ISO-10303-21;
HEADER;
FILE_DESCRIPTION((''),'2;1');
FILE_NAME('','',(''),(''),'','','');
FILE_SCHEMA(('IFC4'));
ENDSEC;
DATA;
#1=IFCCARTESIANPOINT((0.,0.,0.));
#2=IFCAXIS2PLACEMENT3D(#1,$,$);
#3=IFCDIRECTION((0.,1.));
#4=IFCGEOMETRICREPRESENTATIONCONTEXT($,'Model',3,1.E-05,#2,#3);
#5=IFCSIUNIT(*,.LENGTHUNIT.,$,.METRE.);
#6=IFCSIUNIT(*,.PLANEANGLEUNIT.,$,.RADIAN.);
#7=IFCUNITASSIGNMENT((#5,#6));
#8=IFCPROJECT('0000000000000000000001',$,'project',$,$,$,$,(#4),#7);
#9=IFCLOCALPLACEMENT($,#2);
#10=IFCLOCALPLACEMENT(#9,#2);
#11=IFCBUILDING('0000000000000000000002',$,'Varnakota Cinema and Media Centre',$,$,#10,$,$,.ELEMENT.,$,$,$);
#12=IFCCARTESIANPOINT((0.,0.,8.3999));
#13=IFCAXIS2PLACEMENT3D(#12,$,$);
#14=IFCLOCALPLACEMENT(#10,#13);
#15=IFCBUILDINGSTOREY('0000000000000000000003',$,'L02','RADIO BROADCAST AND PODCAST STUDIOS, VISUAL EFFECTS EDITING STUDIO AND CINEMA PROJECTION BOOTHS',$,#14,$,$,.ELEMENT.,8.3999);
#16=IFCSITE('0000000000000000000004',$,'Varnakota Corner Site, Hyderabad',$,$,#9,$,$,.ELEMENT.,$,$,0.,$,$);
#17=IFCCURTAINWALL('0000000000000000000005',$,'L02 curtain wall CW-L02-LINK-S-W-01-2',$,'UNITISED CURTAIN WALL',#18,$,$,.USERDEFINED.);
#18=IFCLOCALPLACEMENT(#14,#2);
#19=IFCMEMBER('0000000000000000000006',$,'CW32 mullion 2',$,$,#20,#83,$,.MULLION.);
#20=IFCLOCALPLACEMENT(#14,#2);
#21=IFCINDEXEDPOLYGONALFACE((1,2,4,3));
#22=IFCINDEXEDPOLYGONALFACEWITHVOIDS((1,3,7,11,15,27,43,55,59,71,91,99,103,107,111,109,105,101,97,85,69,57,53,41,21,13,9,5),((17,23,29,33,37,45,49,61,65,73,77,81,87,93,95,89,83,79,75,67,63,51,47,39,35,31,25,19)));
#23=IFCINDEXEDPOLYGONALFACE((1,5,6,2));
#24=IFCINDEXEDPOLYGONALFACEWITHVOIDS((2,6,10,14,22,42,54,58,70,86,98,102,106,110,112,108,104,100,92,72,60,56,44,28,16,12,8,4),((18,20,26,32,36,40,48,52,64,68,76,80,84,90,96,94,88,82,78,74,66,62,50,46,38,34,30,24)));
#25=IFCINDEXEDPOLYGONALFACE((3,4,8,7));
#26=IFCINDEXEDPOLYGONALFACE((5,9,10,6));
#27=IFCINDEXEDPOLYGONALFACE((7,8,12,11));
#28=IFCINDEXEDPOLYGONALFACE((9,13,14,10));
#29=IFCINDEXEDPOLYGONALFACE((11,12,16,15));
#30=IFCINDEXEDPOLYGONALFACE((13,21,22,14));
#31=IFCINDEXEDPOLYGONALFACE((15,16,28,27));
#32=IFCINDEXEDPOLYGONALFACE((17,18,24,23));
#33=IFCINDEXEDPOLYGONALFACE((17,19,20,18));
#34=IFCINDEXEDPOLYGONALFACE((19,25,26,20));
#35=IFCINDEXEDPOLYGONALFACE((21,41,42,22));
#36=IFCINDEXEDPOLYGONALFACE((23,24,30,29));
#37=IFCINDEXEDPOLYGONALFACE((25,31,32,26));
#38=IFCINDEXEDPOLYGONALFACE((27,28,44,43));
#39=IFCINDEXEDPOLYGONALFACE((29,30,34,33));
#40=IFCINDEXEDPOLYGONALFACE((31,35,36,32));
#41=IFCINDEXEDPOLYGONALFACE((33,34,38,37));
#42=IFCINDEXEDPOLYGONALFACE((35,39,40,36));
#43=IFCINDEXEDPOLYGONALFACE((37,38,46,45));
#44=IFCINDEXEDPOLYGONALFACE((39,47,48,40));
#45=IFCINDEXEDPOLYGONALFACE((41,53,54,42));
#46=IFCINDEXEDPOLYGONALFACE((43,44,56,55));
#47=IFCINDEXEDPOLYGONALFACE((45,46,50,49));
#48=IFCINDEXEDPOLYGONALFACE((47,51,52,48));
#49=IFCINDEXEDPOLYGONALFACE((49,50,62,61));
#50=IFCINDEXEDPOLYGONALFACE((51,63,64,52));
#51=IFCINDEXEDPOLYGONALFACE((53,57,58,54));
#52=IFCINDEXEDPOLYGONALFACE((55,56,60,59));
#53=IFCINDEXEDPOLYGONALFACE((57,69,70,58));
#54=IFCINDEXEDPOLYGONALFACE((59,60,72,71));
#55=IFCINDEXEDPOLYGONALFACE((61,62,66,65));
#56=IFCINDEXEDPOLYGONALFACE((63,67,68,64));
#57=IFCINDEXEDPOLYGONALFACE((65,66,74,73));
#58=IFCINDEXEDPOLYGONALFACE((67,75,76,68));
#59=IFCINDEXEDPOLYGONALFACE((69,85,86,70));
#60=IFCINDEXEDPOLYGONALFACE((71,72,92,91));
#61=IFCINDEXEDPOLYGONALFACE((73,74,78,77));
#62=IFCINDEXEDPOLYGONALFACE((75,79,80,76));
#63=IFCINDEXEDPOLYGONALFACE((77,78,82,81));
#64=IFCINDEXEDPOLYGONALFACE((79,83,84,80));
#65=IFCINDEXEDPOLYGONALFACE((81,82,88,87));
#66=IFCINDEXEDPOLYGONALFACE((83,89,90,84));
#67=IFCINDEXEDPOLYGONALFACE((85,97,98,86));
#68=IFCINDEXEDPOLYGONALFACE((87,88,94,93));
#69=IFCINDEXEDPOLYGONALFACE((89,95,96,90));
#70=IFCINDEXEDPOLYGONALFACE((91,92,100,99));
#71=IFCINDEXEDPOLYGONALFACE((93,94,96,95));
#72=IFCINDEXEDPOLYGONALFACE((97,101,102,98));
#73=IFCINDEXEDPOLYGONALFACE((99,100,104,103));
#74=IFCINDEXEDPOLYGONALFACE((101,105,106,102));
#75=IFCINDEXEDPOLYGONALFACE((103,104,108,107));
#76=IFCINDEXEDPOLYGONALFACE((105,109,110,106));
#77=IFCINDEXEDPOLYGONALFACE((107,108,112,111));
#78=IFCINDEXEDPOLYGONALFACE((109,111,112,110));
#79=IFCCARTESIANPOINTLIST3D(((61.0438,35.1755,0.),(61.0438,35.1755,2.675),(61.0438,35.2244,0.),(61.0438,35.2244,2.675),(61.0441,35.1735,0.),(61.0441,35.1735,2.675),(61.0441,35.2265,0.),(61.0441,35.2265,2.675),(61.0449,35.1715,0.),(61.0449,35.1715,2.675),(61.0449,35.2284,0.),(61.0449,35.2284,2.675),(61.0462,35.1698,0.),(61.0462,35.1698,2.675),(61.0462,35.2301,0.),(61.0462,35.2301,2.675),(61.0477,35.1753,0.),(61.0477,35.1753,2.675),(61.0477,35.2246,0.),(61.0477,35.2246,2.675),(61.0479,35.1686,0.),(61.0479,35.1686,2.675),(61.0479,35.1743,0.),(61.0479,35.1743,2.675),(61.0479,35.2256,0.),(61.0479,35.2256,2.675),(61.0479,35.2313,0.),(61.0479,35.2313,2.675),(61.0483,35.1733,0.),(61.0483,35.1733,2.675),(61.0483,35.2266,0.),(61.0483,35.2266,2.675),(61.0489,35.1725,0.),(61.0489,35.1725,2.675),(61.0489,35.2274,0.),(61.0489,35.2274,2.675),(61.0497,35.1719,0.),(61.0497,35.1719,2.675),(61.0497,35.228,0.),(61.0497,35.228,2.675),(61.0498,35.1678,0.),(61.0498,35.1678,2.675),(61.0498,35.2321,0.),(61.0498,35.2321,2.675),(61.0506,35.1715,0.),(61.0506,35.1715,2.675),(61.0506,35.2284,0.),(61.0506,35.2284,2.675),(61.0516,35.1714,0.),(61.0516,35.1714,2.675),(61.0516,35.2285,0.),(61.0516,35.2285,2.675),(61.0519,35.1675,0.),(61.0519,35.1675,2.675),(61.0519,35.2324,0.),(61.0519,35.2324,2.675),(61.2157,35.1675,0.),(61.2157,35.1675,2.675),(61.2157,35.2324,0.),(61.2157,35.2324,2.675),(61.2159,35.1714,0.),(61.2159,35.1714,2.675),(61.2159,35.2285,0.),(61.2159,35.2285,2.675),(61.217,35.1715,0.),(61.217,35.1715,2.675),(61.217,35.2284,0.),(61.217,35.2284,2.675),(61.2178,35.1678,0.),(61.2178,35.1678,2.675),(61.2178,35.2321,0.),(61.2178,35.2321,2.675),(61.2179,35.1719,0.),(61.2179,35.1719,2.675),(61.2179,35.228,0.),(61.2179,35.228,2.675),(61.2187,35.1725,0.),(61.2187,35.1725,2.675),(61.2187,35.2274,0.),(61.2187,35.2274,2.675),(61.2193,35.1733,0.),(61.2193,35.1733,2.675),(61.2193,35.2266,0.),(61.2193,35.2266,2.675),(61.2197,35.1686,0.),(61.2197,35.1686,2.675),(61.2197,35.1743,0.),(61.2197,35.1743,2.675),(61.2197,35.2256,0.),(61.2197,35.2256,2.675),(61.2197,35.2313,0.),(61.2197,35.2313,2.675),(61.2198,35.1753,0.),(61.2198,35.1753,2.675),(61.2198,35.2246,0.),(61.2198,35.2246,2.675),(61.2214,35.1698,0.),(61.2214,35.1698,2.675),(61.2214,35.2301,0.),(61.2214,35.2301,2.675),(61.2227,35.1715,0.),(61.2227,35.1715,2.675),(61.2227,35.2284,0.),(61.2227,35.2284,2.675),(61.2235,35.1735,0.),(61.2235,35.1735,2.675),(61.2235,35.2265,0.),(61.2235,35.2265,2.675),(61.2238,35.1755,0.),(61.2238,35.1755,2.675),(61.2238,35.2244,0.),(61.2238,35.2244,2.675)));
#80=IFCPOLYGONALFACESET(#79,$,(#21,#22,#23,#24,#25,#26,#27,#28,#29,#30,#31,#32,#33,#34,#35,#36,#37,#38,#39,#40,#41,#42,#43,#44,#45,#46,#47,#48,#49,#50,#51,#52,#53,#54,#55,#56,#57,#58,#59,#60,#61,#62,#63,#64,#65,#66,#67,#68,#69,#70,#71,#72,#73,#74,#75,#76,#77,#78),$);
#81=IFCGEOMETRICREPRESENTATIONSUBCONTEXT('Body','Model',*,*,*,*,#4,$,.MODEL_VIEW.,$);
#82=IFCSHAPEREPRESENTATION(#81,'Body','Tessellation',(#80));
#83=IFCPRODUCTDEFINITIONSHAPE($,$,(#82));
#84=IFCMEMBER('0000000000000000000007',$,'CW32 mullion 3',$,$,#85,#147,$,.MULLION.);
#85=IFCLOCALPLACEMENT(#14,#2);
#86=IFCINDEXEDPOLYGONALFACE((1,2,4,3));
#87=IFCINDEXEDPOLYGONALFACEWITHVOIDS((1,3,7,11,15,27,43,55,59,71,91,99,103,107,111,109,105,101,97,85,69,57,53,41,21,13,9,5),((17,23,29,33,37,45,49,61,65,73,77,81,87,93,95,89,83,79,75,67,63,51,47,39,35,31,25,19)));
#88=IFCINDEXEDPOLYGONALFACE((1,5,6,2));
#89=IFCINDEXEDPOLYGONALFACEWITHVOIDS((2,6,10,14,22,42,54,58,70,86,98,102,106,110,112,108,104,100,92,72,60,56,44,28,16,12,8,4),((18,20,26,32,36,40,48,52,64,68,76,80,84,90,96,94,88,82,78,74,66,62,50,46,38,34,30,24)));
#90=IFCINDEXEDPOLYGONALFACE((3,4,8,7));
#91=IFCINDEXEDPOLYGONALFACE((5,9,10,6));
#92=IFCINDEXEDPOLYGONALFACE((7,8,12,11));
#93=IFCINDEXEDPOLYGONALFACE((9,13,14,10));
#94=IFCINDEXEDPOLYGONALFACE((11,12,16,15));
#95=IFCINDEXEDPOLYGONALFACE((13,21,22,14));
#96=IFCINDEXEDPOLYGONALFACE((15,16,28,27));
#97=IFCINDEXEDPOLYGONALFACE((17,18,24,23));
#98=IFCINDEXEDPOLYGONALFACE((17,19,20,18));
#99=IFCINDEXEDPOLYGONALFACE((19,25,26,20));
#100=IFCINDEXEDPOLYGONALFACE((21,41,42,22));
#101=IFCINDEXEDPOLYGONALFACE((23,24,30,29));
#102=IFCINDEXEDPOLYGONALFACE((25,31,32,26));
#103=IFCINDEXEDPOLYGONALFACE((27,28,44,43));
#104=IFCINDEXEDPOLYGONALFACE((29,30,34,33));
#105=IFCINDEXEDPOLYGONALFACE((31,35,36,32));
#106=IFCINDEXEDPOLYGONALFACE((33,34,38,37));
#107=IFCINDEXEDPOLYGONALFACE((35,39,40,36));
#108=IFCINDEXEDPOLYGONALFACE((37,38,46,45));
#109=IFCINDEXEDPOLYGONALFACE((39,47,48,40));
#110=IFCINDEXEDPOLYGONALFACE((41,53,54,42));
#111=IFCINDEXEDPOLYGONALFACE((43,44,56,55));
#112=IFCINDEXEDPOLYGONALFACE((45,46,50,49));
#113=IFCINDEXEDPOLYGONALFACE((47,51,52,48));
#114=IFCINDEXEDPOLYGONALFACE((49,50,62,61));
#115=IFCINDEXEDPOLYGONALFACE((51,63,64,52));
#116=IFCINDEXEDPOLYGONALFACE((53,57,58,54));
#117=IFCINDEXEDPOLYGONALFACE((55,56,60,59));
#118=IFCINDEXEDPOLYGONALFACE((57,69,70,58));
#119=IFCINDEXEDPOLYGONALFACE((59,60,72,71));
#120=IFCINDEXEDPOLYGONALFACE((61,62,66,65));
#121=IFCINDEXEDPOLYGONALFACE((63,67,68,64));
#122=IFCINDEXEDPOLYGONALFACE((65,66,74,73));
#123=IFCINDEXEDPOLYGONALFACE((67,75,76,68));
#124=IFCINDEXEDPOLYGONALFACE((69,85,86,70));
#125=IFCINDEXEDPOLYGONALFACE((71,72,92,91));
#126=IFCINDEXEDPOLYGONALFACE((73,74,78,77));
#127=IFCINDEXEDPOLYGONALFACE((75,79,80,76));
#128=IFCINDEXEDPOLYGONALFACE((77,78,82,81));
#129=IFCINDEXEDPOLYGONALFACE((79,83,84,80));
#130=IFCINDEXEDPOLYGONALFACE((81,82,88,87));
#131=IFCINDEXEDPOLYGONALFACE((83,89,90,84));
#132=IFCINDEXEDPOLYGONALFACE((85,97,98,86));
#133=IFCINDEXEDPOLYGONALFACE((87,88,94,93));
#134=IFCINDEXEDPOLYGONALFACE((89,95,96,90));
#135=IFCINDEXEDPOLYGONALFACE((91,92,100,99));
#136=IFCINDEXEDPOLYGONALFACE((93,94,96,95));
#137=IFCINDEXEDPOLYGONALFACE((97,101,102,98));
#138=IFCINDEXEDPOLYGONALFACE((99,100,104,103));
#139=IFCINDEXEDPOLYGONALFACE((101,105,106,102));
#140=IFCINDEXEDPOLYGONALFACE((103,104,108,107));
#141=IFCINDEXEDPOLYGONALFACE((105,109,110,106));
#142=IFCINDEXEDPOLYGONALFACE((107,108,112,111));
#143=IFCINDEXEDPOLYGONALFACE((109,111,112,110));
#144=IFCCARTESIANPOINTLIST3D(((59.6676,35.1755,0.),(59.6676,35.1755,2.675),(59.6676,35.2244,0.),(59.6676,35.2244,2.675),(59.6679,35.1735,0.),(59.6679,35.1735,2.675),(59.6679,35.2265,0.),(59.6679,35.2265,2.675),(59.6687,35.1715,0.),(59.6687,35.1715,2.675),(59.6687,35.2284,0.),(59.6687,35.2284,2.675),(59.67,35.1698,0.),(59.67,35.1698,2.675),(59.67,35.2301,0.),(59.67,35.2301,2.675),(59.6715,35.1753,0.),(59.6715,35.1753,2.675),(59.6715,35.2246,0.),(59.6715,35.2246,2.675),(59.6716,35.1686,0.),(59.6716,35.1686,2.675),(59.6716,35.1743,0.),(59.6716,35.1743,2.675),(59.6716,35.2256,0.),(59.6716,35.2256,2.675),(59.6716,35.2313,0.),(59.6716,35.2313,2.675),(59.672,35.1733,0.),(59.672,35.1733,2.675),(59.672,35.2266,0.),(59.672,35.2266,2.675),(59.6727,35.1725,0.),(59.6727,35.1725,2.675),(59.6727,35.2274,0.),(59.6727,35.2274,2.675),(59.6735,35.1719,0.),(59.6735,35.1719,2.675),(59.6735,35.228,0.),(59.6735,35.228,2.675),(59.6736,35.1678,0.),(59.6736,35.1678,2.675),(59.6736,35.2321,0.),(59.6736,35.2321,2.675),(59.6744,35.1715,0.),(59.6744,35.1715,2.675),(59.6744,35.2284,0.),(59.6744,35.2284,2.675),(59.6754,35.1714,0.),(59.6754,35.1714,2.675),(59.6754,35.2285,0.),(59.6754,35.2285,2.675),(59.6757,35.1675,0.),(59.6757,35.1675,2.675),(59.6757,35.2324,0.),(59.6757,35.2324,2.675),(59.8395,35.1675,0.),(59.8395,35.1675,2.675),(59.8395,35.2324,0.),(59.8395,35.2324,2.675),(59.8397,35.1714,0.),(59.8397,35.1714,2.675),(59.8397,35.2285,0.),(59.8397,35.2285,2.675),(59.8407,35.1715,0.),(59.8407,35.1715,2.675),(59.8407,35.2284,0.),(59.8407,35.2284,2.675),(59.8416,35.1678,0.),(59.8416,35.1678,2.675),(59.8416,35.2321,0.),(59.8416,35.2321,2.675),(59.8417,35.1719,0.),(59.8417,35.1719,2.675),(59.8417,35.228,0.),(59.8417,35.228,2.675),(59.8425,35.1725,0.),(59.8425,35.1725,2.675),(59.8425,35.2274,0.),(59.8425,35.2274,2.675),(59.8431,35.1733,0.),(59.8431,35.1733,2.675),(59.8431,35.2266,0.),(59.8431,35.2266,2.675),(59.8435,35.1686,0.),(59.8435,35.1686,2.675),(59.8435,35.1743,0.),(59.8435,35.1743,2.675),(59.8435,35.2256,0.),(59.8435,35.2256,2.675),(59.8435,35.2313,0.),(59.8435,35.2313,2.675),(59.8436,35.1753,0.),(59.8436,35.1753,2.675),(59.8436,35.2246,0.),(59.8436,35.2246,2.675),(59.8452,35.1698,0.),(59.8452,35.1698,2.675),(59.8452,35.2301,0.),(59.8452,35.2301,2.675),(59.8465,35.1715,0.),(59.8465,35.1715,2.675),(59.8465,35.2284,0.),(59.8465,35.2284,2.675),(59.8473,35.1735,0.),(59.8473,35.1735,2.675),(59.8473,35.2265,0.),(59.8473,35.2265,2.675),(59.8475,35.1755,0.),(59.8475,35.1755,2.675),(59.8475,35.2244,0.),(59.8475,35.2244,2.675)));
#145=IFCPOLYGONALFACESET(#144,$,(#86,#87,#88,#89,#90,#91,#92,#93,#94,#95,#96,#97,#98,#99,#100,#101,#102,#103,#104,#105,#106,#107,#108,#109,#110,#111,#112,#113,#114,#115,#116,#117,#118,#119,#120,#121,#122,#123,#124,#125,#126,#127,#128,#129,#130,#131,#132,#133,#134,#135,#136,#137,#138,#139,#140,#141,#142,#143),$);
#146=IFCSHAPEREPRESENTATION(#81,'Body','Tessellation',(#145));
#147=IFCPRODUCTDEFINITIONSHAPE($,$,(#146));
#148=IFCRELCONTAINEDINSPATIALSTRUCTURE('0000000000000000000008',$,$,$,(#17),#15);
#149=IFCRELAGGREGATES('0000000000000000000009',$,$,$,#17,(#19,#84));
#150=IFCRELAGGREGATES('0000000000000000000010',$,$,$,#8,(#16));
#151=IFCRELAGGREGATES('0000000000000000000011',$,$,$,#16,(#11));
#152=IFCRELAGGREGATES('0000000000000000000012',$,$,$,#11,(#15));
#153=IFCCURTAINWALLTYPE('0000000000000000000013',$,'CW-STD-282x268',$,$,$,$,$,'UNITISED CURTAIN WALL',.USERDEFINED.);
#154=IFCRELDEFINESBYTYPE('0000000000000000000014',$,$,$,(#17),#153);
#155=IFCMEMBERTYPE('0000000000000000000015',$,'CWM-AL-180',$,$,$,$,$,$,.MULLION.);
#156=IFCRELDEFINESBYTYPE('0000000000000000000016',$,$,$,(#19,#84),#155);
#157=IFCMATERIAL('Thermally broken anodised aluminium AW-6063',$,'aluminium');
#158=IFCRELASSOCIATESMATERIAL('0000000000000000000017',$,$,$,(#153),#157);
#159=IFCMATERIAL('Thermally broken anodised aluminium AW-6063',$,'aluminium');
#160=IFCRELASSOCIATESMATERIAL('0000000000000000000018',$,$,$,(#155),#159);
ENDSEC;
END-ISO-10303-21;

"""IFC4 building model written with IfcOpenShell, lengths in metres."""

from ifc_helpers import new_model, si_unit, direction, frame, origin, origin_2d, place, context, subcontext, project, spatial, hollow_rectangle, extrude, material, material_profile, profile_set, type_object, element, aggregate, save


model = new_model("IFC4")

# Units and contexts
model_context = context("Model", 3, precision=1e-05, world=origin(), true_north=direction((0.0, 1.0)))
body_context = subcontext(model_context, "Body", "Model", "MODEL_VIEW")
ifc_project = project(units=[si_unit("LENGTHUNIT", "METRE"), si_unit("PLANEANGLEUNIT", "RADIAN")], contexts=[model_context])

# Site, building, storey
site_placement = place(None, origin())
site = spatial("IfcSite", under=ifc_project, at=site_placement, Name="Varnakota Corner Site, Hyderabad", CompositionType="ELEMENT", RefElevation=0.0)
building_placement = place(site_placement, origin())
building = spatial("IfcBuilding", under=site, at=building_placement, Name="Varnakota Cinema and Media Centre", CompositionType="ELEMENT")
storey_placement = place(building_placement, frame((0.0, 0.0, 8.3999)))
storey = spatial("IfcBuildingStorey", under=building, at=storey_placement, Name="L02", Description="RADIO BROADCAST AND PODCAST STUDIOS, VISUAL EFFECTS EDITING STUDIO AND CINEMA PROJECTION BOOTHS", CompositionType="ELEMENT", Elevation=8.3999)

# Shared definitions
ifc_material_1 = material(Name="Thermally broken anodised aluminium AW-6063", Category="aluminium")
curtain_wall_type_1 = type_object("IfcCurtainWallType", Name="CW-STD-282x268", ElementType="UNITISED CURTAIN WALL", PredefinedType="USERDEFINED", material=ifc_material_1)
ifc_material_2 = material(Name="Thermally broken anodised aluminium AW-6063", Category="aluminium")
ifc_material_profile_1 = material_profile(ifc_material_2, hollow_rectangle(XDim=0.0649, YDim=0.1799, WallThickness=0.0039, InnerFilletRadius=0.0039, OuterFilletRadius=0.0081, at=origin_2d()), Name="AL-MULLION 180x65x4")
ifc_profile_set_1 = profile_set([ifc_material_profile_1], Name="Thermally broken anodised aluminium AW-6063")
member_type_1 = type_object("IfcMemberType", Name="CWM-AL-180", PredefinedType="MULLION", material=ifc_profile_set_1)

# Curtain wall, members
curtain_wall_1_placement = place(storey_placement, origin())
curtain_wall_1 = element("IfcCurtainWall", 1, at=curtain_wall_1_placement, inside=storey, type_object=curtain_wall_type_1, Name="L02 curtain wall CW-L02-LINK-S-W-01-2", ObjectType="UNITISED CURTAIN WALL", PredefinedType="USERDEFINED")
member_1_placement = place(storey_placement, frame((61.1338, 35.2, 0.0), z_axis=(0.0, 0.0, 1.0), x_axis=(0.0, -1.0, 0.0)))
member_1 = element("IfcMember", 2, at=member_1_placement, type_object=member_type_1, Name="CW32 mullion 2", PredefinedType="MULLION", context=body_context, shape_type="SweptSolid", body=[
    extrude(hollow_rectangle(XDim=0.0649, YDim=0.1799, WallThickness=0.0039, InnerFilletRadius=0.0039, OuterFilletRadius=0.0081, at=origin_2d()), origin(), (0.0, 0.0, 1.0), 2.675),
])
member_2_placement = place(storey_placement, frame((59.7576, 35.2, 0.0), z_axis=(0.0, 0.0, 1.0), x_axis=(0.0, -1.0, 0.0)))
member_2 = element("IfcMember", 3, at=member_2_placement, type_object=member_type_1, Name="CW32 mullion 3", PredefinedType="MULLION", context=body_context, shape_type="SweptSolid", body=[
    extrude(hollow_rectangle(XDim=0.0649, YDim=0.1799, WallThickness=0.0039, InnerFilletRadius=0.0039, OuterFilletRadius=0.0081, at=origin_2d()), origin(), (0.0, 0.0, 1.0), 2.675),
])

aggregate(curtain_wall_1, [member_1, member_2])

save(model, "model.ifc")
